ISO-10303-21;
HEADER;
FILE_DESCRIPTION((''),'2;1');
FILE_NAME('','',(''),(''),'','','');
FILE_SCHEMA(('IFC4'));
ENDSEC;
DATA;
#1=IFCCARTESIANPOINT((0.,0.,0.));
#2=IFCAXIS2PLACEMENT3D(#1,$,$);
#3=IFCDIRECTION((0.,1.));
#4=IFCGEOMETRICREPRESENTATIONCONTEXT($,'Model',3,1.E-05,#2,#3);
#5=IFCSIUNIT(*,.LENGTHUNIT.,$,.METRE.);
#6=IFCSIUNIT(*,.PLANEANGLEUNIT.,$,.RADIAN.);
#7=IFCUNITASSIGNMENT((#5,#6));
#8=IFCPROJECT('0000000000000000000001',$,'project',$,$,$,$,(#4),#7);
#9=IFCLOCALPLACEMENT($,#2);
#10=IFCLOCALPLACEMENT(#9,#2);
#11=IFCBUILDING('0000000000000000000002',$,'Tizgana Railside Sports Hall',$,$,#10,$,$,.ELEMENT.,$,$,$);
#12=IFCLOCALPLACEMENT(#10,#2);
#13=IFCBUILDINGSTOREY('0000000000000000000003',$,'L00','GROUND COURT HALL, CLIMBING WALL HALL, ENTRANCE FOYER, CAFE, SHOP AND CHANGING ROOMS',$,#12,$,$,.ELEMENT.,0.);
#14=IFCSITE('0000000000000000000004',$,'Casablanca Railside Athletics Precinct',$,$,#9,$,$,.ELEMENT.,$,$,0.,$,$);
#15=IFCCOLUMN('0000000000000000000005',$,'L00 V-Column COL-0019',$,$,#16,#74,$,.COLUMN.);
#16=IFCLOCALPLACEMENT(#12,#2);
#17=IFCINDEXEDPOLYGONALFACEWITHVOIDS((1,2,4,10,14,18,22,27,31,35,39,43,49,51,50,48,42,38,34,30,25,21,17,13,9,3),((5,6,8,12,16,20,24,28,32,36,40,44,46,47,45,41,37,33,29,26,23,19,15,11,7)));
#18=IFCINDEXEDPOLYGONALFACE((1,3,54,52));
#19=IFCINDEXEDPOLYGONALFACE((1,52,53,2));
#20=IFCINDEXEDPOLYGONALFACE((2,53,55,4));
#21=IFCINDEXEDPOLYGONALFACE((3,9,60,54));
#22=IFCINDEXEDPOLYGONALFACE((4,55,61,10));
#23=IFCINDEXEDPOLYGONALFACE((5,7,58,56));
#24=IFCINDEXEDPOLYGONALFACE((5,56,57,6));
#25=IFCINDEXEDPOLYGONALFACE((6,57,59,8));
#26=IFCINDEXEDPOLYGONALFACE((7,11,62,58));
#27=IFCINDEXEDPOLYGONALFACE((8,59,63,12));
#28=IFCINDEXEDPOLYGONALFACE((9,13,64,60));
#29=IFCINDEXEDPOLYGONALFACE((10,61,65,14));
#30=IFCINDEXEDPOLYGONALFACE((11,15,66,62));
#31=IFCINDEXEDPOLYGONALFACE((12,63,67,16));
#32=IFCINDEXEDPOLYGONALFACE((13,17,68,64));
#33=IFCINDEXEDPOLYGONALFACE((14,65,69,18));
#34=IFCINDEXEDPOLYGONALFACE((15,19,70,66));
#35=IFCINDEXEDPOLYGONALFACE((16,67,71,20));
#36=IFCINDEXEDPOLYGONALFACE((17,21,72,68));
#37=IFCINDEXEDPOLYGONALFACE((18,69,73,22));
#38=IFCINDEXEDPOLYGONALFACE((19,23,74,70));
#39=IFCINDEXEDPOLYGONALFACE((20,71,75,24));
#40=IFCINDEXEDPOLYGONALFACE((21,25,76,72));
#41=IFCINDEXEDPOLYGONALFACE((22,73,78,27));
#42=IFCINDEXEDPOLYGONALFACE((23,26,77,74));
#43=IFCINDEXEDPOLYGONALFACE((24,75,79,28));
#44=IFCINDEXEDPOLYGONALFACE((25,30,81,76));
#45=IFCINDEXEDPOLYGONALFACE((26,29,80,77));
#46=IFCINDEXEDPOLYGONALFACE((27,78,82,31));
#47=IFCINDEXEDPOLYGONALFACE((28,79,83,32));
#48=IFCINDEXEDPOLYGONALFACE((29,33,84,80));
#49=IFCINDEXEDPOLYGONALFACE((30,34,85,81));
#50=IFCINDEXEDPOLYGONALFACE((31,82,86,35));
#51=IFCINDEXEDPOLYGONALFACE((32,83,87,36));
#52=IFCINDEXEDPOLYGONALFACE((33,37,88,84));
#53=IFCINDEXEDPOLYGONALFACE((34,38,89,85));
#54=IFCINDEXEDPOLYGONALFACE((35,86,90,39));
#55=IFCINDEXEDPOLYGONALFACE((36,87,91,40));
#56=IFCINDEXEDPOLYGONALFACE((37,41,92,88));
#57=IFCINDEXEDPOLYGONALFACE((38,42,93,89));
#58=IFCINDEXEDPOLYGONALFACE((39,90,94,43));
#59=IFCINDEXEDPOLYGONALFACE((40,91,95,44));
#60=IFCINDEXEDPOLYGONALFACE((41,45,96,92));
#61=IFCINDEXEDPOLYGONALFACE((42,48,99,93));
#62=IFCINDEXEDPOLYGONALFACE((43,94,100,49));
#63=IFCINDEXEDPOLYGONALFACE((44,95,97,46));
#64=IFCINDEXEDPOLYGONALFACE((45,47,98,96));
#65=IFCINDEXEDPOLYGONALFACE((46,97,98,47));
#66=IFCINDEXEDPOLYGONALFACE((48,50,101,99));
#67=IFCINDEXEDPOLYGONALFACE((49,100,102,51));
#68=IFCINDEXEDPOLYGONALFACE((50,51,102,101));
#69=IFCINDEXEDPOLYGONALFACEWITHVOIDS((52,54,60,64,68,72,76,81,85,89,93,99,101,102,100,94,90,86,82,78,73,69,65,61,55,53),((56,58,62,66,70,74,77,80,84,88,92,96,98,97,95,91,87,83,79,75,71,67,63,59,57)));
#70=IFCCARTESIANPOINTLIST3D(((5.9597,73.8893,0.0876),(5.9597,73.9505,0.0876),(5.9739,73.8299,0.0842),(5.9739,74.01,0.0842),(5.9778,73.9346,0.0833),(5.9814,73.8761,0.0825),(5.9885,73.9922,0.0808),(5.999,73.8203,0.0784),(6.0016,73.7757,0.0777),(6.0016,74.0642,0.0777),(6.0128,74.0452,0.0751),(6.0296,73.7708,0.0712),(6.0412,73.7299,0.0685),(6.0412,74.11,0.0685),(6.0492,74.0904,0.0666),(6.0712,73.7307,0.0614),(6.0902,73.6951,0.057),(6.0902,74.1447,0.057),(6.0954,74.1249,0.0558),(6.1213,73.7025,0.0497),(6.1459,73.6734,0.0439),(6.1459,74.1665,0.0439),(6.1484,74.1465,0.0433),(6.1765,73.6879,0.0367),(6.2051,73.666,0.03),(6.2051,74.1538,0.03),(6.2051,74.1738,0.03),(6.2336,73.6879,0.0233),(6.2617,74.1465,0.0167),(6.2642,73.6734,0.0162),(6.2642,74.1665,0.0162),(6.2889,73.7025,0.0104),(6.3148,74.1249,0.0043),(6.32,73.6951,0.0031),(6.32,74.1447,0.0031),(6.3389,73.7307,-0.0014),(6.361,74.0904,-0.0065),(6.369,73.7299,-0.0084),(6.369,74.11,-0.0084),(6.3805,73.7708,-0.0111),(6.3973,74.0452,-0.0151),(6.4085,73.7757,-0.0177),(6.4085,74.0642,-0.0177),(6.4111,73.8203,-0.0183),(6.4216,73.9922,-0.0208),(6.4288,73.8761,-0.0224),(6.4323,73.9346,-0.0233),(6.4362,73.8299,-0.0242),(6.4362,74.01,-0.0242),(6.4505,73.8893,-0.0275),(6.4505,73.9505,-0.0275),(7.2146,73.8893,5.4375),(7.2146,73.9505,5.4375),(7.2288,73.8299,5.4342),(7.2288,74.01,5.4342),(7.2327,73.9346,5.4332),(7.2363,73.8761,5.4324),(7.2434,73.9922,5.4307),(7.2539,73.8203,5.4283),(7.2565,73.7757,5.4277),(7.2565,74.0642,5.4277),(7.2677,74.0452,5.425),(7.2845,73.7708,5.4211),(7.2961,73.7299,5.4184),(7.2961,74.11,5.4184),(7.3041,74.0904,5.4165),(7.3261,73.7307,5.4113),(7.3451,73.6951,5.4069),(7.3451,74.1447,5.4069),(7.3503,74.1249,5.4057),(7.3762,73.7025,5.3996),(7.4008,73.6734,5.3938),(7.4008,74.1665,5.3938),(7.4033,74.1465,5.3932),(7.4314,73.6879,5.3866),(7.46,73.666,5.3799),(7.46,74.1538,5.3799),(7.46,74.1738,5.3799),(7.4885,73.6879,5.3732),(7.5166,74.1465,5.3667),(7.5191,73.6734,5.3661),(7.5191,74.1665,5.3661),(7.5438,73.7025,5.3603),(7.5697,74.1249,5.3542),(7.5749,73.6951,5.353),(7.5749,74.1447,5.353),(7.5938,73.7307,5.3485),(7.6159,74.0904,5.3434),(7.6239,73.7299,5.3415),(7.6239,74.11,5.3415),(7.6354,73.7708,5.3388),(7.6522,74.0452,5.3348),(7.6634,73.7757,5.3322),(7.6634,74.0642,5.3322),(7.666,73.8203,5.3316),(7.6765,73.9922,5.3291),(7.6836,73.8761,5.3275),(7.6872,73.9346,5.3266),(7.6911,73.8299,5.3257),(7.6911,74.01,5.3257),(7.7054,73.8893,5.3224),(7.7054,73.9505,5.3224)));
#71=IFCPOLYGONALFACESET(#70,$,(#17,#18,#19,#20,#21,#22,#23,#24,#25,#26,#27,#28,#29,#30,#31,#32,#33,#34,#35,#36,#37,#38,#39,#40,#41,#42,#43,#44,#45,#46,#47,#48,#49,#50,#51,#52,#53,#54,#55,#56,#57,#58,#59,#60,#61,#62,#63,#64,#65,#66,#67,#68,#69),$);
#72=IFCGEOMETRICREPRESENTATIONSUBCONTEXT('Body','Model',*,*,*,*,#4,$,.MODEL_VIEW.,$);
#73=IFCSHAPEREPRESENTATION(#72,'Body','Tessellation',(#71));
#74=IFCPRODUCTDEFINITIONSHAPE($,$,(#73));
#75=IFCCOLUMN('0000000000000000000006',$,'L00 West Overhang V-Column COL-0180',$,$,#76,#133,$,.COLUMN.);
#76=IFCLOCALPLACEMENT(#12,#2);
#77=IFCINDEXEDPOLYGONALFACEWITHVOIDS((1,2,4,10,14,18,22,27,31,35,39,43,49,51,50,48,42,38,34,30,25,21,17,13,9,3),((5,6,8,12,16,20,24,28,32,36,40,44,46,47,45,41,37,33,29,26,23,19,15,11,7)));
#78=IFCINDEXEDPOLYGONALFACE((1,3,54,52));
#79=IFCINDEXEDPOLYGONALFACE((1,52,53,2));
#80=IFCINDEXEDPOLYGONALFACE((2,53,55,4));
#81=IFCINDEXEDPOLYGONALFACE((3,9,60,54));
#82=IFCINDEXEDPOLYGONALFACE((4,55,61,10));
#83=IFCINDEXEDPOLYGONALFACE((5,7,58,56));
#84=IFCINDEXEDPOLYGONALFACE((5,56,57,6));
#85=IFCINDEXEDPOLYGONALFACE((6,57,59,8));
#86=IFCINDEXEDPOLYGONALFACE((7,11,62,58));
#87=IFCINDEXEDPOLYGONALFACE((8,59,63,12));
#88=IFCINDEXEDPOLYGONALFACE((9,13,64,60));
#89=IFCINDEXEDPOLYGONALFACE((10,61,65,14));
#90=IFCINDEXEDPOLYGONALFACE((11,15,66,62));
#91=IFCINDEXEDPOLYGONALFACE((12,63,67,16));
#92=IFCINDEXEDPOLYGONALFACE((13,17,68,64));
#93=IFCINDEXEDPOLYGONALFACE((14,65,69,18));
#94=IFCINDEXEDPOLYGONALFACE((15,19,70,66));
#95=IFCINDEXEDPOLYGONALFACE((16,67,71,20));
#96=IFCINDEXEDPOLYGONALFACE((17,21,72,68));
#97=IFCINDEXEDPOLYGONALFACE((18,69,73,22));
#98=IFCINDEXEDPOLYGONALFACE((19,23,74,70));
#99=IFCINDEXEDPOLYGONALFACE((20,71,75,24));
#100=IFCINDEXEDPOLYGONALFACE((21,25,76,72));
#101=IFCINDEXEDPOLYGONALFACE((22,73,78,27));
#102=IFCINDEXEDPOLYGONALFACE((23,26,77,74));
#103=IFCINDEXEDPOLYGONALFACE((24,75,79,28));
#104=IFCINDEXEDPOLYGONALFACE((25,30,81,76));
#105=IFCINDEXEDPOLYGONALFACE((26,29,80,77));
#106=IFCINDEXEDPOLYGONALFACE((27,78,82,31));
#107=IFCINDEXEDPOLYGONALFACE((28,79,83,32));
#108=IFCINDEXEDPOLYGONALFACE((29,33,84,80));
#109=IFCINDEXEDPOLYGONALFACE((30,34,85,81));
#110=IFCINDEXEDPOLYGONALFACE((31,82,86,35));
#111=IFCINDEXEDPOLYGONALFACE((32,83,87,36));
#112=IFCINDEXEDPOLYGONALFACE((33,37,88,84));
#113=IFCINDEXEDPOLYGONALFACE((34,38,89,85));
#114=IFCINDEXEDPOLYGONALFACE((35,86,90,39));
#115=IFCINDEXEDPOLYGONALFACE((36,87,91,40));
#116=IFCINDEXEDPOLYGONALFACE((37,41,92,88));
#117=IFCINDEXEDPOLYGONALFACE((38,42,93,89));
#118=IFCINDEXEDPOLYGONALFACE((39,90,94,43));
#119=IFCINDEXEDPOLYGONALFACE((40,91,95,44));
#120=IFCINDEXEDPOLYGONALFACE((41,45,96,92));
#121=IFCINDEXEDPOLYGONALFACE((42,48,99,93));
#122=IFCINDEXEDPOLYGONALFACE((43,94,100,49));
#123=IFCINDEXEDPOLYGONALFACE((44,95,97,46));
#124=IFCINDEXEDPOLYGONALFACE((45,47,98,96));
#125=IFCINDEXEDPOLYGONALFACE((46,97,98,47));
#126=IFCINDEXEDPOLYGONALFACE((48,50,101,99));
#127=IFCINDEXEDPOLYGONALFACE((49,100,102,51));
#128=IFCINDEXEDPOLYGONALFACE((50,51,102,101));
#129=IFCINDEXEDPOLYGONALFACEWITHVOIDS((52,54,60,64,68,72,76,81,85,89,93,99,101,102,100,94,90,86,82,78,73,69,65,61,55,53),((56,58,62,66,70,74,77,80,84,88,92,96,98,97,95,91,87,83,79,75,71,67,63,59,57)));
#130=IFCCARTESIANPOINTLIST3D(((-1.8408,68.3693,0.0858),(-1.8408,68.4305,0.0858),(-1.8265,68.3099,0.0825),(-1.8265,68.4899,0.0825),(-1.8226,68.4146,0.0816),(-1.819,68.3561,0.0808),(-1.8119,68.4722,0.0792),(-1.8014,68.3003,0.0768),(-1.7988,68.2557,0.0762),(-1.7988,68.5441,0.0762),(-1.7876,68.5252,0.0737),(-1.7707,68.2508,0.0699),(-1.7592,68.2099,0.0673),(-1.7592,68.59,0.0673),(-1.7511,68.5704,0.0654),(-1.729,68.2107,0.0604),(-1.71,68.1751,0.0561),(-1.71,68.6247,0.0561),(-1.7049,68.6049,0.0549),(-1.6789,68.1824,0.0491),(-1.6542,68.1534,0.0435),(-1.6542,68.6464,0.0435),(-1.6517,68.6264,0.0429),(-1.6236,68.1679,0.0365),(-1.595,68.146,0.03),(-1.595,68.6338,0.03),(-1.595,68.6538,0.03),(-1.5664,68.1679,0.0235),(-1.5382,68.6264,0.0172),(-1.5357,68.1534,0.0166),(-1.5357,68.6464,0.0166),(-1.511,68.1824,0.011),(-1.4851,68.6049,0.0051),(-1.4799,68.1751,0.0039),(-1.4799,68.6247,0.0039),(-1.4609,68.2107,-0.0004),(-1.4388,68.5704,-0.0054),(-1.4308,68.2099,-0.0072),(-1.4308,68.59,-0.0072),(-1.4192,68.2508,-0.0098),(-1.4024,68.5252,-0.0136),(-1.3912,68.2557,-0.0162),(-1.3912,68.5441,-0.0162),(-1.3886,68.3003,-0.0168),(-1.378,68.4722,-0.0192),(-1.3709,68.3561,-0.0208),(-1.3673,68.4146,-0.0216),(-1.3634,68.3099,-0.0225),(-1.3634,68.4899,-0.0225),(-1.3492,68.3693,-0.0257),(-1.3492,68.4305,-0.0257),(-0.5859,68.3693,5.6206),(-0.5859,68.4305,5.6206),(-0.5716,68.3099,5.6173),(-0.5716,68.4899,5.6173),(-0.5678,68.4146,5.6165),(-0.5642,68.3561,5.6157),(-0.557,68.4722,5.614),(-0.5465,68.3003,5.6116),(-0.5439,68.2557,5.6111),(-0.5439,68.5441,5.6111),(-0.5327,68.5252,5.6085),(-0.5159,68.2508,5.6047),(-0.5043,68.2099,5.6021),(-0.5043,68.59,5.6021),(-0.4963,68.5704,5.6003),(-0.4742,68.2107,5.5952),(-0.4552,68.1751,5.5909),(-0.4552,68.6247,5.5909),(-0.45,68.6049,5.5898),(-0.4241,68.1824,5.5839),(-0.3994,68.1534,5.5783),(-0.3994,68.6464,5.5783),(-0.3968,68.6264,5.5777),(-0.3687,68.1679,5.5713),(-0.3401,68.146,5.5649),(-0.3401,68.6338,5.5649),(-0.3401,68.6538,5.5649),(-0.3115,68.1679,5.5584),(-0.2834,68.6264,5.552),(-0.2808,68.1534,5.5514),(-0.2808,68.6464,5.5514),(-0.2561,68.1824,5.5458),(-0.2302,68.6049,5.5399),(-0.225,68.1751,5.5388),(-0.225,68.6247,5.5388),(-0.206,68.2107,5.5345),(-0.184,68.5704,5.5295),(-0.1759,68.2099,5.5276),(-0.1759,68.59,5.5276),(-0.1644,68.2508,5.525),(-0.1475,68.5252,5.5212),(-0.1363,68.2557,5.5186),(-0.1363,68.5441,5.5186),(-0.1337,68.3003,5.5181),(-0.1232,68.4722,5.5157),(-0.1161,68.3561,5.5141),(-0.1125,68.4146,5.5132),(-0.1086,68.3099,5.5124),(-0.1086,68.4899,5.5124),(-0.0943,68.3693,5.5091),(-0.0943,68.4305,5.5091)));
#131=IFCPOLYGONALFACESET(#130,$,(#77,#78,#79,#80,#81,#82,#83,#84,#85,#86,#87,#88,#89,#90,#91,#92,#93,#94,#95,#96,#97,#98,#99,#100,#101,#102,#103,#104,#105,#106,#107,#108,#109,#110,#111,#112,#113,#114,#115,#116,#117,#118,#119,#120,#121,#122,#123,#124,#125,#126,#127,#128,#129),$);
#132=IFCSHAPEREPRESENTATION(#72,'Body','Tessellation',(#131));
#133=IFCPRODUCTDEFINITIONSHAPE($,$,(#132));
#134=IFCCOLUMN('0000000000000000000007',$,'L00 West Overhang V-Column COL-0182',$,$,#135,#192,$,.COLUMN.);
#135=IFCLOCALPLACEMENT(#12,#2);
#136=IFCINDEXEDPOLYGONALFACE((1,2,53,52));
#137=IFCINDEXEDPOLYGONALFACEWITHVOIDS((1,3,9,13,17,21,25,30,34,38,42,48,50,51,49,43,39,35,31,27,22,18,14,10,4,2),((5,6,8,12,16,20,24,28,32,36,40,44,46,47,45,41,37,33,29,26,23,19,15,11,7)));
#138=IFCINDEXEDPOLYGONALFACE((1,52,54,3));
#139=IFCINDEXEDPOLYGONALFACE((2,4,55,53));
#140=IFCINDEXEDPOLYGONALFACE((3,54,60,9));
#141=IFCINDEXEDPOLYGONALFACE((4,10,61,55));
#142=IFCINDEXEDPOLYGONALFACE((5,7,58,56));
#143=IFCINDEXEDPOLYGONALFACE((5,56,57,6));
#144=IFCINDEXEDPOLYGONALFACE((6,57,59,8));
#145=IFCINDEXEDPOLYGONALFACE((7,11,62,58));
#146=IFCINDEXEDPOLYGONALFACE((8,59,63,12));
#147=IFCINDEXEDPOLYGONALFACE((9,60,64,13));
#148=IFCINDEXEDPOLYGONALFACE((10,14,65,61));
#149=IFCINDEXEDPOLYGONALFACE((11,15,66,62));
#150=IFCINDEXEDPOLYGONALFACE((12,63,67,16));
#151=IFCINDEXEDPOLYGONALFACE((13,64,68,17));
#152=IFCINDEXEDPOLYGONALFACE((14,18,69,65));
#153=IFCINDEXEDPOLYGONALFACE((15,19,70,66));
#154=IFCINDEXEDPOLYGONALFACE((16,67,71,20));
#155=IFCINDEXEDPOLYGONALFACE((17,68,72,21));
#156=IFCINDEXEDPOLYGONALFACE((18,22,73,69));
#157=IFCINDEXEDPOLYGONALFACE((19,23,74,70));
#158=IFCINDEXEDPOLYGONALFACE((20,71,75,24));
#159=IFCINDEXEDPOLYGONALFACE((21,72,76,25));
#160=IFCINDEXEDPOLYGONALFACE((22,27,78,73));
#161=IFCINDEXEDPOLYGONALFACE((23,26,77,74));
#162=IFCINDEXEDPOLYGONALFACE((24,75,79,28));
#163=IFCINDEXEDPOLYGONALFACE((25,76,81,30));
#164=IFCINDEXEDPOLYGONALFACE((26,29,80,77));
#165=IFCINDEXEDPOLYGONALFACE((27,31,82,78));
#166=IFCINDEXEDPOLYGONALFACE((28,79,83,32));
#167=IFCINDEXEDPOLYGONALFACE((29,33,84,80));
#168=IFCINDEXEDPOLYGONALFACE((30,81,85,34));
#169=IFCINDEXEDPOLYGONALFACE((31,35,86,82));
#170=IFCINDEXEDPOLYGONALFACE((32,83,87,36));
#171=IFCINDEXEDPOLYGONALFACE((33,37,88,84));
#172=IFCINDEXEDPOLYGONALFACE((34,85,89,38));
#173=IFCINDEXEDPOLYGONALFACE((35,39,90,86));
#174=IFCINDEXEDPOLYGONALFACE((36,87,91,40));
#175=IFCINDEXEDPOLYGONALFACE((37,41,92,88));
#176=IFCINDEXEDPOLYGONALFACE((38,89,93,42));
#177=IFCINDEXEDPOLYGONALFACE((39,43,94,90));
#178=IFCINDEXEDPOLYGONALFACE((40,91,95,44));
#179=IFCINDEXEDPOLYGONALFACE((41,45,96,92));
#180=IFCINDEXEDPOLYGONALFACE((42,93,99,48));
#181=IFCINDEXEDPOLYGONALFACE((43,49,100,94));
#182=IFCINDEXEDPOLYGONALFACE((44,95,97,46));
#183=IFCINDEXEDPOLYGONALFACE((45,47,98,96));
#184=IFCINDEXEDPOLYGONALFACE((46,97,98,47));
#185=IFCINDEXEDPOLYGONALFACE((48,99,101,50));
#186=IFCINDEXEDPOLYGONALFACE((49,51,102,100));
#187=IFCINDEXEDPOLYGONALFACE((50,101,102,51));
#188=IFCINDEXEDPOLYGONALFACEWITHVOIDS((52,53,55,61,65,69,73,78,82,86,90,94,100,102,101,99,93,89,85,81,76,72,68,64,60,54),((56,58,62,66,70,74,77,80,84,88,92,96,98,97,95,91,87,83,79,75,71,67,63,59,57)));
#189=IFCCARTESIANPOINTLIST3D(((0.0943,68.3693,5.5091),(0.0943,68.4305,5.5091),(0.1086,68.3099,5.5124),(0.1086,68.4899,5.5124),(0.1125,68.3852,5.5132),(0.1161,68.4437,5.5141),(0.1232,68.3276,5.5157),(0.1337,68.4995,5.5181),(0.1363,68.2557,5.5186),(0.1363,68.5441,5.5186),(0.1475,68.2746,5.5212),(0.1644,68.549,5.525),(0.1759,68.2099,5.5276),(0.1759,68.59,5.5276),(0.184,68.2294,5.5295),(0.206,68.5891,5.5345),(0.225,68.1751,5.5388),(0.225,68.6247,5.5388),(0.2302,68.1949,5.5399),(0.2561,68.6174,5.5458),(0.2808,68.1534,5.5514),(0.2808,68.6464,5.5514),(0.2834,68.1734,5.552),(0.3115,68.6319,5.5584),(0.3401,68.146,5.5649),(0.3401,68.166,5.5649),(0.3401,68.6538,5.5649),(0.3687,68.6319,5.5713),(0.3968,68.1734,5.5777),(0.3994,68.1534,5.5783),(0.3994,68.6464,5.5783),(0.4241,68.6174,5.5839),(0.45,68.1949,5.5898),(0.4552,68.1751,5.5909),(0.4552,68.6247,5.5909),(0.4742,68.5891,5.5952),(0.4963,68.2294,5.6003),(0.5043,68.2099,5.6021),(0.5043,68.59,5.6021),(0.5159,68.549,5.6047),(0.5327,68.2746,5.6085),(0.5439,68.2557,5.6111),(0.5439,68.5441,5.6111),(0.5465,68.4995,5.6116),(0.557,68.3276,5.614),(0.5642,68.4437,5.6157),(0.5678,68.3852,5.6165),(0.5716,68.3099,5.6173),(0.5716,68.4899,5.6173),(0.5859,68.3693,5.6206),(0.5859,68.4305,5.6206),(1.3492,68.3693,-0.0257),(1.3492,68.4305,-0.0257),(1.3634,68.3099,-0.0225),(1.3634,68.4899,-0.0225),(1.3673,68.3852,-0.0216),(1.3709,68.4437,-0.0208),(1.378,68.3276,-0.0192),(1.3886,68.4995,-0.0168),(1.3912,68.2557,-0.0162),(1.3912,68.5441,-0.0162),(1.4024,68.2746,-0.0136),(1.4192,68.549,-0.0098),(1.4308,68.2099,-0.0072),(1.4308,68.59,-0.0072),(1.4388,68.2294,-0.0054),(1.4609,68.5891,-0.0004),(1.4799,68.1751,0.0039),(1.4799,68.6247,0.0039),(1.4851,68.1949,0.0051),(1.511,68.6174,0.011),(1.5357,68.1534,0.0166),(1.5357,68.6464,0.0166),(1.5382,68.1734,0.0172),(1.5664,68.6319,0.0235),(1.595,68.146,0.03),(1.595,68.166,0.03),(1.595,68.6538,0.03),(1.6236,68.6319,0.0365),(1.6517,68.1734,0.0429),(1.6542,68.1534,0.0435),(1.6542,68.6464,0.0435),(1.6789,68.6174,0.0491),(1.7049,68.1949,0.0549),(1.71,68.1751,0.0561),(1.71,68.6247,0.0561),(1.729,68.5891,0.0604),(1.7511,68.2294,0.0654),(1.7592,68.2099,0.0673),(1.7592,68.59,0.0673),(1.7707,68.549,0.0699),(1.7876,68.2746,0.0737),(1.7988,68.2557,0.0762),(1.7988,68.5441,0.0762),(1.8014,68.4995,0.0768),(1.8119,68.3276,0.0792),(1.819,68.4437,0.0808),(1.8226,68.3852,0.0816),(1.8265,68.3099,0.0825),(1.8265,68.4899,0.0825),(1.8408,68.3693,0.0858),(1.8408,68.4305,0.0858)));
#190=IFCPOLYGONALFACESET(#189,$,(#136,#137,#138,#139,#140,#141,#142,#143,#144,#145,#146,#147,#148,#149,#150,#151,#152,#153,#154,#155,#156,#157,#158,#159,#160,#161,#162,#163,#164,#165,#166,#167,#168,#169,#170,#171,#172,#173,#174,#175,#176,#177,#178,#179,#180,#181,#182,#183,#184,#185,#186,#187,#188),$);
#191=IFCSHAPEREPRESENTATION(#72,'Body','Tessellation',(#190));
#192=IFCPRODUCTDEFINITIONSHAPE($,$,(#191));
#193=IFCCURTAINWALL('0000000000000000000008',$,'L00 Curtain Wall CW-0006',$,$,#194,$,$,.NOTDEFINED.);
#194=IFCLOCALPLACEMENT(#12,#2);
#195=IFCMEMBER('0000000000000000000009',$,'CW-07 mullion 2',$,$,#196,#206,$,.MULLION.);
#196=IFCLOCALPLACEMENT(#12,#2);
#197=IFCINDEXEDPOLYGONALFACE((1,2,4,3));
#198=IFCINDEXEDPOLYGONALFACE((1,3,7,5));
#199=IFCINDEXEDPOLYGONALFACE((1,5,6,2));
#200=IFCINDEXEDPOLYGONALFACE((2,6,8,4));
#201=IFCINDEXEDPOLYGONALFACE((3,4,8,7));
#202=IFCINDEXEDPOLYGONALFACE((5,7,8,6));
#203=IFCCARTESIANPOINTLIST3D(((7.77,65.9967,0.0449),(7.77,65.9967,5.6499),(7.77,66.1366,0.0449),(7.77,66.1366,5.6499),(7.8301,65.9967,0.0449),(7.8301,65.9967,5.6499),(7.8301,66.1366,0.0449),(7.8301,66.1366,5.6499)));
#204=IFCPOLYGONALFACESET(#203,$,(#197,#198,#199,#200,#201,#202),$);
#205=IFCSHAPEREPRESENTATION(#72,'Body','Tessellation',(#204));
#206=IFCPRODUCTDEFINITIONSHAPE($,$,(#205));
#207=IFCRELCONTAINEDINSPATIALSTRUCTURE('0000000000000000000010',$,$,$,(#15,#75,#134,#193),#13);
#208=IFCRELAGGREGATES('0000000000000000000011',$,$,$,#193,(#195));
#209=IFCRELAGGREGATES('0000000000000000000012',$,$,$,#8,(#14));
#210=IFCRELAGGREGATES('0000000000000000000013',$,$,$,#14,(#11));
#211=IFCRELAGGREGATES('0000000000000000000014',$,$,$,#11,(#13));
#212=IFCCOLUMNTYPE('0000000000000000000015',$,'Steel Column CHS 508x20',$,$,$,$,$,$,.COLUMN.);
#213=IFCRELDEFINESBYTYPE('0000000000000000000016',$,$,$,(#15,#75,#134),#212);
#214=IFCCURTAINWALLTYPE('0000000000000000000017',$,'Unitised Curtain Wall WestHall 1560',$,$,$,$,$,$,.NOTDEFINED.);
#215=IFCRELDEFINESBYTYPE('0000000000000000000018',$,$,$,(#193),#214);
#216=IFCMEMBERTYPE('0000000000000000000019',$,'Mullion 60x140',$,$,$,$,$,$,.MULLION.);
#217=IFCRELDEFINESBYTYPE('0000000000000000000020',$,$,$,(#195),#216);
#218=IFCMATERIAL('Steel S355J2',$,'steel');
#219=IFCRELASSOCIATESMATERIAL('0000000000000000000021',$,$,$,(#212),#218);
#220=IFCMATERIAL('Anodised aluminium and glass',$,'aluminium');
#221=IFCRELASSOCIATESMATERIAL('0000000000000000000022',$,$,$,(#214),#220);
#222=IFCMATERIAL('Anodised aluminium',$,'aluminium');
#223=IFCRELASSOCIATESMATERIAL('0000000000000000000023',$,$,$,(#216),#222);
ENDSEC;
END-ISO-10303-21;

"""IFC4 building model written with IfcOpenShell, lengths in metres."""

from ifc_helpers import new_model, si_unit, direction, frame, origin, origin_2d, place, context, subcontext, project, spatial, rectangle, hollow_circle, extrude, material, material_profile, profile_set, type_object, element, aggregate, save


model = new_model("IFC4")

# Units and contexts
model_context = context("Model", 3, precision=1e-05, world=origin(), true_north=direction((0.0, 1.0)))
body_context = subcontext(model_context, "Body", "Model", "MODEL_VIEW")
ifc_project = project(units=[si_unit("LENGTHUNIT", "METRE"), si_unit("PLANEANGLEUNIT", "RADIAN")], contexts=[model_context])

# Site, building, storey
site_placement = place(None, origin())
site = spatial("IfcSite", under=ifc_project, at=site_placement, Name="Casablanca Railside Athletics Precinct", CompositionType="ELEMENT", RefElevation=0.0)
building_placement = place(site_placement, origin())
building = spatial("IfcBuilding", under=site, at=building_placement, Name="Tizgana Railside Sports Hall", CompositionType="ELEMENT")
storey_placement = place(building_placement, origin())
storey = spatial("IfcBuildingStorey", under=building, at=storey_placement, Name="L00", Description="GROUND COURT HALL, CLIMBING WALL HALL, ENTRANCE FOYER, CAFE, SHOP AND CHANGING ROOMS", CompositionType="ELEMENT", Elevation=0.0)

# Columns
ifc_material_1 = material(Name="Steel S355J2", Category="steel")
ifc_material_profile_1 = material_profile(ifc_material_1, hollow_circle(Radius=0.2539, WallThickness=0.02, at=origin_2d()), Name="CHS 508x20")
ifc_profile_set_1 = profile_set([ifc_material_profile_1], Name="Steel S355J2")
column_type = type_object("IfcColumnType", Name="Steel Column CHS 508x20", PredefinedType="COLUMN", material=ifc_profile_set_1)
column_placement = place(storey_placement, frame((6.2051, 73.9199, 0.03), z_axis=(0.228366, 0.0, 0.973575), x_axis=(0.0, 1.0, 0.0)))
element("IfcColumn", 1, at=column_placement, inside=storey, type_object=column_type, Name="L00 V-Column COL-0019", PredefinedType="COLUMN", context=body_context, shape_type="SweptSolid", body=[
    extrude(hollow_circle(Radius=0.2539, WallThickness=0.02, at=origin_2d()), origin(), (0.0, 0.0, 1.0), 5.4951),
])
for number, where, z_axis, x_axis, name in (
    (2, (-1.595, 68.3999, 0.03), (0.22111, 0.0, 0.975249), (0.0, 1.0, 0.0), "L00 West Overhang V-Column COL-0180"),
    (3, (1.595, 68.3999, 0.03), (-0.22111, 0.0, 0.975249), (0.0, -1.0, 0.0), "L00 West Overhang V-Column COL-0182"),
):
    element("IfcColumn", number, at=place(storey_placement, frame(where, z_axis=z_axis, x_axis=x_axis)), inside=storey, type_object=column_type, Name=name, PredefinedType="COLUMN", context=body_context, shape_type="SweptSolid", body=[
        extrude(hollow_circle(Radius=0.2539, WallThickness=0.02, at=origin_2d()), origin(), (0.0, 0.0, 1.0), 5.6753),
    ])

# Curtain wall, member
ifc_material_2 = material(Name="Anodised aluminium and glass", Category="aluminium")
curtain_wall_type = type_object("IfcCurtainWallType", Name="Unitised Curtain Wall WestHall 1560", PredefinedType="NOTDEFINED", material=ifc_material_2)
curtain_wall_placement = place(storey_placement, origin())
curtain_wall = element("IfcCurtainWall", 4, at=curtain_wall_placement, inside=storey, type_object=curtain_wall_type, Name="L00 Curtain Wall CW-0006", PredefinedType="NOTDEFINED")
ifc_material_3 = material(Name="Anodised aluminium", Category="aluminium")
ifc_material_profile_2 = material_profile(ifc_material_3, rectangle(XDim=0.0601, YDim=0.1399, at=origin_2d()), Name="Mullion 60x140")
ifc_profile_set_2 = profile_set([ifc_material_profile_2], Name="Anodised aluminium")
member_type_1 = type_object("IfcMemberType", Name="Mullion 60x140", PredefinedType="MULLION", material=ifc_profile_set_2)
member_1_placement = place(storey_placement, frame((7.8, 66.0667, 0.0449), z_axis=(0.0, 0.0, 1.0), x_axis=(1.0, 0.0, 0.0)))
member_1 = element("IfcMember", 5, at=member_1_placement, type_object=member_type_1, Name="CW-07 mullion 2", PredefinedType="MULLION", context=body_context, shape_type="SweptSolid", body=[
    extrude(rectangle(XDim=0.0601, YDim=0.1399, at=origin_2d()), origin(), (0.0, 0.0, 1.0), 5.605),
])

aggregate(curtain_wall, [member_1])

save(model, "model.ifc")
